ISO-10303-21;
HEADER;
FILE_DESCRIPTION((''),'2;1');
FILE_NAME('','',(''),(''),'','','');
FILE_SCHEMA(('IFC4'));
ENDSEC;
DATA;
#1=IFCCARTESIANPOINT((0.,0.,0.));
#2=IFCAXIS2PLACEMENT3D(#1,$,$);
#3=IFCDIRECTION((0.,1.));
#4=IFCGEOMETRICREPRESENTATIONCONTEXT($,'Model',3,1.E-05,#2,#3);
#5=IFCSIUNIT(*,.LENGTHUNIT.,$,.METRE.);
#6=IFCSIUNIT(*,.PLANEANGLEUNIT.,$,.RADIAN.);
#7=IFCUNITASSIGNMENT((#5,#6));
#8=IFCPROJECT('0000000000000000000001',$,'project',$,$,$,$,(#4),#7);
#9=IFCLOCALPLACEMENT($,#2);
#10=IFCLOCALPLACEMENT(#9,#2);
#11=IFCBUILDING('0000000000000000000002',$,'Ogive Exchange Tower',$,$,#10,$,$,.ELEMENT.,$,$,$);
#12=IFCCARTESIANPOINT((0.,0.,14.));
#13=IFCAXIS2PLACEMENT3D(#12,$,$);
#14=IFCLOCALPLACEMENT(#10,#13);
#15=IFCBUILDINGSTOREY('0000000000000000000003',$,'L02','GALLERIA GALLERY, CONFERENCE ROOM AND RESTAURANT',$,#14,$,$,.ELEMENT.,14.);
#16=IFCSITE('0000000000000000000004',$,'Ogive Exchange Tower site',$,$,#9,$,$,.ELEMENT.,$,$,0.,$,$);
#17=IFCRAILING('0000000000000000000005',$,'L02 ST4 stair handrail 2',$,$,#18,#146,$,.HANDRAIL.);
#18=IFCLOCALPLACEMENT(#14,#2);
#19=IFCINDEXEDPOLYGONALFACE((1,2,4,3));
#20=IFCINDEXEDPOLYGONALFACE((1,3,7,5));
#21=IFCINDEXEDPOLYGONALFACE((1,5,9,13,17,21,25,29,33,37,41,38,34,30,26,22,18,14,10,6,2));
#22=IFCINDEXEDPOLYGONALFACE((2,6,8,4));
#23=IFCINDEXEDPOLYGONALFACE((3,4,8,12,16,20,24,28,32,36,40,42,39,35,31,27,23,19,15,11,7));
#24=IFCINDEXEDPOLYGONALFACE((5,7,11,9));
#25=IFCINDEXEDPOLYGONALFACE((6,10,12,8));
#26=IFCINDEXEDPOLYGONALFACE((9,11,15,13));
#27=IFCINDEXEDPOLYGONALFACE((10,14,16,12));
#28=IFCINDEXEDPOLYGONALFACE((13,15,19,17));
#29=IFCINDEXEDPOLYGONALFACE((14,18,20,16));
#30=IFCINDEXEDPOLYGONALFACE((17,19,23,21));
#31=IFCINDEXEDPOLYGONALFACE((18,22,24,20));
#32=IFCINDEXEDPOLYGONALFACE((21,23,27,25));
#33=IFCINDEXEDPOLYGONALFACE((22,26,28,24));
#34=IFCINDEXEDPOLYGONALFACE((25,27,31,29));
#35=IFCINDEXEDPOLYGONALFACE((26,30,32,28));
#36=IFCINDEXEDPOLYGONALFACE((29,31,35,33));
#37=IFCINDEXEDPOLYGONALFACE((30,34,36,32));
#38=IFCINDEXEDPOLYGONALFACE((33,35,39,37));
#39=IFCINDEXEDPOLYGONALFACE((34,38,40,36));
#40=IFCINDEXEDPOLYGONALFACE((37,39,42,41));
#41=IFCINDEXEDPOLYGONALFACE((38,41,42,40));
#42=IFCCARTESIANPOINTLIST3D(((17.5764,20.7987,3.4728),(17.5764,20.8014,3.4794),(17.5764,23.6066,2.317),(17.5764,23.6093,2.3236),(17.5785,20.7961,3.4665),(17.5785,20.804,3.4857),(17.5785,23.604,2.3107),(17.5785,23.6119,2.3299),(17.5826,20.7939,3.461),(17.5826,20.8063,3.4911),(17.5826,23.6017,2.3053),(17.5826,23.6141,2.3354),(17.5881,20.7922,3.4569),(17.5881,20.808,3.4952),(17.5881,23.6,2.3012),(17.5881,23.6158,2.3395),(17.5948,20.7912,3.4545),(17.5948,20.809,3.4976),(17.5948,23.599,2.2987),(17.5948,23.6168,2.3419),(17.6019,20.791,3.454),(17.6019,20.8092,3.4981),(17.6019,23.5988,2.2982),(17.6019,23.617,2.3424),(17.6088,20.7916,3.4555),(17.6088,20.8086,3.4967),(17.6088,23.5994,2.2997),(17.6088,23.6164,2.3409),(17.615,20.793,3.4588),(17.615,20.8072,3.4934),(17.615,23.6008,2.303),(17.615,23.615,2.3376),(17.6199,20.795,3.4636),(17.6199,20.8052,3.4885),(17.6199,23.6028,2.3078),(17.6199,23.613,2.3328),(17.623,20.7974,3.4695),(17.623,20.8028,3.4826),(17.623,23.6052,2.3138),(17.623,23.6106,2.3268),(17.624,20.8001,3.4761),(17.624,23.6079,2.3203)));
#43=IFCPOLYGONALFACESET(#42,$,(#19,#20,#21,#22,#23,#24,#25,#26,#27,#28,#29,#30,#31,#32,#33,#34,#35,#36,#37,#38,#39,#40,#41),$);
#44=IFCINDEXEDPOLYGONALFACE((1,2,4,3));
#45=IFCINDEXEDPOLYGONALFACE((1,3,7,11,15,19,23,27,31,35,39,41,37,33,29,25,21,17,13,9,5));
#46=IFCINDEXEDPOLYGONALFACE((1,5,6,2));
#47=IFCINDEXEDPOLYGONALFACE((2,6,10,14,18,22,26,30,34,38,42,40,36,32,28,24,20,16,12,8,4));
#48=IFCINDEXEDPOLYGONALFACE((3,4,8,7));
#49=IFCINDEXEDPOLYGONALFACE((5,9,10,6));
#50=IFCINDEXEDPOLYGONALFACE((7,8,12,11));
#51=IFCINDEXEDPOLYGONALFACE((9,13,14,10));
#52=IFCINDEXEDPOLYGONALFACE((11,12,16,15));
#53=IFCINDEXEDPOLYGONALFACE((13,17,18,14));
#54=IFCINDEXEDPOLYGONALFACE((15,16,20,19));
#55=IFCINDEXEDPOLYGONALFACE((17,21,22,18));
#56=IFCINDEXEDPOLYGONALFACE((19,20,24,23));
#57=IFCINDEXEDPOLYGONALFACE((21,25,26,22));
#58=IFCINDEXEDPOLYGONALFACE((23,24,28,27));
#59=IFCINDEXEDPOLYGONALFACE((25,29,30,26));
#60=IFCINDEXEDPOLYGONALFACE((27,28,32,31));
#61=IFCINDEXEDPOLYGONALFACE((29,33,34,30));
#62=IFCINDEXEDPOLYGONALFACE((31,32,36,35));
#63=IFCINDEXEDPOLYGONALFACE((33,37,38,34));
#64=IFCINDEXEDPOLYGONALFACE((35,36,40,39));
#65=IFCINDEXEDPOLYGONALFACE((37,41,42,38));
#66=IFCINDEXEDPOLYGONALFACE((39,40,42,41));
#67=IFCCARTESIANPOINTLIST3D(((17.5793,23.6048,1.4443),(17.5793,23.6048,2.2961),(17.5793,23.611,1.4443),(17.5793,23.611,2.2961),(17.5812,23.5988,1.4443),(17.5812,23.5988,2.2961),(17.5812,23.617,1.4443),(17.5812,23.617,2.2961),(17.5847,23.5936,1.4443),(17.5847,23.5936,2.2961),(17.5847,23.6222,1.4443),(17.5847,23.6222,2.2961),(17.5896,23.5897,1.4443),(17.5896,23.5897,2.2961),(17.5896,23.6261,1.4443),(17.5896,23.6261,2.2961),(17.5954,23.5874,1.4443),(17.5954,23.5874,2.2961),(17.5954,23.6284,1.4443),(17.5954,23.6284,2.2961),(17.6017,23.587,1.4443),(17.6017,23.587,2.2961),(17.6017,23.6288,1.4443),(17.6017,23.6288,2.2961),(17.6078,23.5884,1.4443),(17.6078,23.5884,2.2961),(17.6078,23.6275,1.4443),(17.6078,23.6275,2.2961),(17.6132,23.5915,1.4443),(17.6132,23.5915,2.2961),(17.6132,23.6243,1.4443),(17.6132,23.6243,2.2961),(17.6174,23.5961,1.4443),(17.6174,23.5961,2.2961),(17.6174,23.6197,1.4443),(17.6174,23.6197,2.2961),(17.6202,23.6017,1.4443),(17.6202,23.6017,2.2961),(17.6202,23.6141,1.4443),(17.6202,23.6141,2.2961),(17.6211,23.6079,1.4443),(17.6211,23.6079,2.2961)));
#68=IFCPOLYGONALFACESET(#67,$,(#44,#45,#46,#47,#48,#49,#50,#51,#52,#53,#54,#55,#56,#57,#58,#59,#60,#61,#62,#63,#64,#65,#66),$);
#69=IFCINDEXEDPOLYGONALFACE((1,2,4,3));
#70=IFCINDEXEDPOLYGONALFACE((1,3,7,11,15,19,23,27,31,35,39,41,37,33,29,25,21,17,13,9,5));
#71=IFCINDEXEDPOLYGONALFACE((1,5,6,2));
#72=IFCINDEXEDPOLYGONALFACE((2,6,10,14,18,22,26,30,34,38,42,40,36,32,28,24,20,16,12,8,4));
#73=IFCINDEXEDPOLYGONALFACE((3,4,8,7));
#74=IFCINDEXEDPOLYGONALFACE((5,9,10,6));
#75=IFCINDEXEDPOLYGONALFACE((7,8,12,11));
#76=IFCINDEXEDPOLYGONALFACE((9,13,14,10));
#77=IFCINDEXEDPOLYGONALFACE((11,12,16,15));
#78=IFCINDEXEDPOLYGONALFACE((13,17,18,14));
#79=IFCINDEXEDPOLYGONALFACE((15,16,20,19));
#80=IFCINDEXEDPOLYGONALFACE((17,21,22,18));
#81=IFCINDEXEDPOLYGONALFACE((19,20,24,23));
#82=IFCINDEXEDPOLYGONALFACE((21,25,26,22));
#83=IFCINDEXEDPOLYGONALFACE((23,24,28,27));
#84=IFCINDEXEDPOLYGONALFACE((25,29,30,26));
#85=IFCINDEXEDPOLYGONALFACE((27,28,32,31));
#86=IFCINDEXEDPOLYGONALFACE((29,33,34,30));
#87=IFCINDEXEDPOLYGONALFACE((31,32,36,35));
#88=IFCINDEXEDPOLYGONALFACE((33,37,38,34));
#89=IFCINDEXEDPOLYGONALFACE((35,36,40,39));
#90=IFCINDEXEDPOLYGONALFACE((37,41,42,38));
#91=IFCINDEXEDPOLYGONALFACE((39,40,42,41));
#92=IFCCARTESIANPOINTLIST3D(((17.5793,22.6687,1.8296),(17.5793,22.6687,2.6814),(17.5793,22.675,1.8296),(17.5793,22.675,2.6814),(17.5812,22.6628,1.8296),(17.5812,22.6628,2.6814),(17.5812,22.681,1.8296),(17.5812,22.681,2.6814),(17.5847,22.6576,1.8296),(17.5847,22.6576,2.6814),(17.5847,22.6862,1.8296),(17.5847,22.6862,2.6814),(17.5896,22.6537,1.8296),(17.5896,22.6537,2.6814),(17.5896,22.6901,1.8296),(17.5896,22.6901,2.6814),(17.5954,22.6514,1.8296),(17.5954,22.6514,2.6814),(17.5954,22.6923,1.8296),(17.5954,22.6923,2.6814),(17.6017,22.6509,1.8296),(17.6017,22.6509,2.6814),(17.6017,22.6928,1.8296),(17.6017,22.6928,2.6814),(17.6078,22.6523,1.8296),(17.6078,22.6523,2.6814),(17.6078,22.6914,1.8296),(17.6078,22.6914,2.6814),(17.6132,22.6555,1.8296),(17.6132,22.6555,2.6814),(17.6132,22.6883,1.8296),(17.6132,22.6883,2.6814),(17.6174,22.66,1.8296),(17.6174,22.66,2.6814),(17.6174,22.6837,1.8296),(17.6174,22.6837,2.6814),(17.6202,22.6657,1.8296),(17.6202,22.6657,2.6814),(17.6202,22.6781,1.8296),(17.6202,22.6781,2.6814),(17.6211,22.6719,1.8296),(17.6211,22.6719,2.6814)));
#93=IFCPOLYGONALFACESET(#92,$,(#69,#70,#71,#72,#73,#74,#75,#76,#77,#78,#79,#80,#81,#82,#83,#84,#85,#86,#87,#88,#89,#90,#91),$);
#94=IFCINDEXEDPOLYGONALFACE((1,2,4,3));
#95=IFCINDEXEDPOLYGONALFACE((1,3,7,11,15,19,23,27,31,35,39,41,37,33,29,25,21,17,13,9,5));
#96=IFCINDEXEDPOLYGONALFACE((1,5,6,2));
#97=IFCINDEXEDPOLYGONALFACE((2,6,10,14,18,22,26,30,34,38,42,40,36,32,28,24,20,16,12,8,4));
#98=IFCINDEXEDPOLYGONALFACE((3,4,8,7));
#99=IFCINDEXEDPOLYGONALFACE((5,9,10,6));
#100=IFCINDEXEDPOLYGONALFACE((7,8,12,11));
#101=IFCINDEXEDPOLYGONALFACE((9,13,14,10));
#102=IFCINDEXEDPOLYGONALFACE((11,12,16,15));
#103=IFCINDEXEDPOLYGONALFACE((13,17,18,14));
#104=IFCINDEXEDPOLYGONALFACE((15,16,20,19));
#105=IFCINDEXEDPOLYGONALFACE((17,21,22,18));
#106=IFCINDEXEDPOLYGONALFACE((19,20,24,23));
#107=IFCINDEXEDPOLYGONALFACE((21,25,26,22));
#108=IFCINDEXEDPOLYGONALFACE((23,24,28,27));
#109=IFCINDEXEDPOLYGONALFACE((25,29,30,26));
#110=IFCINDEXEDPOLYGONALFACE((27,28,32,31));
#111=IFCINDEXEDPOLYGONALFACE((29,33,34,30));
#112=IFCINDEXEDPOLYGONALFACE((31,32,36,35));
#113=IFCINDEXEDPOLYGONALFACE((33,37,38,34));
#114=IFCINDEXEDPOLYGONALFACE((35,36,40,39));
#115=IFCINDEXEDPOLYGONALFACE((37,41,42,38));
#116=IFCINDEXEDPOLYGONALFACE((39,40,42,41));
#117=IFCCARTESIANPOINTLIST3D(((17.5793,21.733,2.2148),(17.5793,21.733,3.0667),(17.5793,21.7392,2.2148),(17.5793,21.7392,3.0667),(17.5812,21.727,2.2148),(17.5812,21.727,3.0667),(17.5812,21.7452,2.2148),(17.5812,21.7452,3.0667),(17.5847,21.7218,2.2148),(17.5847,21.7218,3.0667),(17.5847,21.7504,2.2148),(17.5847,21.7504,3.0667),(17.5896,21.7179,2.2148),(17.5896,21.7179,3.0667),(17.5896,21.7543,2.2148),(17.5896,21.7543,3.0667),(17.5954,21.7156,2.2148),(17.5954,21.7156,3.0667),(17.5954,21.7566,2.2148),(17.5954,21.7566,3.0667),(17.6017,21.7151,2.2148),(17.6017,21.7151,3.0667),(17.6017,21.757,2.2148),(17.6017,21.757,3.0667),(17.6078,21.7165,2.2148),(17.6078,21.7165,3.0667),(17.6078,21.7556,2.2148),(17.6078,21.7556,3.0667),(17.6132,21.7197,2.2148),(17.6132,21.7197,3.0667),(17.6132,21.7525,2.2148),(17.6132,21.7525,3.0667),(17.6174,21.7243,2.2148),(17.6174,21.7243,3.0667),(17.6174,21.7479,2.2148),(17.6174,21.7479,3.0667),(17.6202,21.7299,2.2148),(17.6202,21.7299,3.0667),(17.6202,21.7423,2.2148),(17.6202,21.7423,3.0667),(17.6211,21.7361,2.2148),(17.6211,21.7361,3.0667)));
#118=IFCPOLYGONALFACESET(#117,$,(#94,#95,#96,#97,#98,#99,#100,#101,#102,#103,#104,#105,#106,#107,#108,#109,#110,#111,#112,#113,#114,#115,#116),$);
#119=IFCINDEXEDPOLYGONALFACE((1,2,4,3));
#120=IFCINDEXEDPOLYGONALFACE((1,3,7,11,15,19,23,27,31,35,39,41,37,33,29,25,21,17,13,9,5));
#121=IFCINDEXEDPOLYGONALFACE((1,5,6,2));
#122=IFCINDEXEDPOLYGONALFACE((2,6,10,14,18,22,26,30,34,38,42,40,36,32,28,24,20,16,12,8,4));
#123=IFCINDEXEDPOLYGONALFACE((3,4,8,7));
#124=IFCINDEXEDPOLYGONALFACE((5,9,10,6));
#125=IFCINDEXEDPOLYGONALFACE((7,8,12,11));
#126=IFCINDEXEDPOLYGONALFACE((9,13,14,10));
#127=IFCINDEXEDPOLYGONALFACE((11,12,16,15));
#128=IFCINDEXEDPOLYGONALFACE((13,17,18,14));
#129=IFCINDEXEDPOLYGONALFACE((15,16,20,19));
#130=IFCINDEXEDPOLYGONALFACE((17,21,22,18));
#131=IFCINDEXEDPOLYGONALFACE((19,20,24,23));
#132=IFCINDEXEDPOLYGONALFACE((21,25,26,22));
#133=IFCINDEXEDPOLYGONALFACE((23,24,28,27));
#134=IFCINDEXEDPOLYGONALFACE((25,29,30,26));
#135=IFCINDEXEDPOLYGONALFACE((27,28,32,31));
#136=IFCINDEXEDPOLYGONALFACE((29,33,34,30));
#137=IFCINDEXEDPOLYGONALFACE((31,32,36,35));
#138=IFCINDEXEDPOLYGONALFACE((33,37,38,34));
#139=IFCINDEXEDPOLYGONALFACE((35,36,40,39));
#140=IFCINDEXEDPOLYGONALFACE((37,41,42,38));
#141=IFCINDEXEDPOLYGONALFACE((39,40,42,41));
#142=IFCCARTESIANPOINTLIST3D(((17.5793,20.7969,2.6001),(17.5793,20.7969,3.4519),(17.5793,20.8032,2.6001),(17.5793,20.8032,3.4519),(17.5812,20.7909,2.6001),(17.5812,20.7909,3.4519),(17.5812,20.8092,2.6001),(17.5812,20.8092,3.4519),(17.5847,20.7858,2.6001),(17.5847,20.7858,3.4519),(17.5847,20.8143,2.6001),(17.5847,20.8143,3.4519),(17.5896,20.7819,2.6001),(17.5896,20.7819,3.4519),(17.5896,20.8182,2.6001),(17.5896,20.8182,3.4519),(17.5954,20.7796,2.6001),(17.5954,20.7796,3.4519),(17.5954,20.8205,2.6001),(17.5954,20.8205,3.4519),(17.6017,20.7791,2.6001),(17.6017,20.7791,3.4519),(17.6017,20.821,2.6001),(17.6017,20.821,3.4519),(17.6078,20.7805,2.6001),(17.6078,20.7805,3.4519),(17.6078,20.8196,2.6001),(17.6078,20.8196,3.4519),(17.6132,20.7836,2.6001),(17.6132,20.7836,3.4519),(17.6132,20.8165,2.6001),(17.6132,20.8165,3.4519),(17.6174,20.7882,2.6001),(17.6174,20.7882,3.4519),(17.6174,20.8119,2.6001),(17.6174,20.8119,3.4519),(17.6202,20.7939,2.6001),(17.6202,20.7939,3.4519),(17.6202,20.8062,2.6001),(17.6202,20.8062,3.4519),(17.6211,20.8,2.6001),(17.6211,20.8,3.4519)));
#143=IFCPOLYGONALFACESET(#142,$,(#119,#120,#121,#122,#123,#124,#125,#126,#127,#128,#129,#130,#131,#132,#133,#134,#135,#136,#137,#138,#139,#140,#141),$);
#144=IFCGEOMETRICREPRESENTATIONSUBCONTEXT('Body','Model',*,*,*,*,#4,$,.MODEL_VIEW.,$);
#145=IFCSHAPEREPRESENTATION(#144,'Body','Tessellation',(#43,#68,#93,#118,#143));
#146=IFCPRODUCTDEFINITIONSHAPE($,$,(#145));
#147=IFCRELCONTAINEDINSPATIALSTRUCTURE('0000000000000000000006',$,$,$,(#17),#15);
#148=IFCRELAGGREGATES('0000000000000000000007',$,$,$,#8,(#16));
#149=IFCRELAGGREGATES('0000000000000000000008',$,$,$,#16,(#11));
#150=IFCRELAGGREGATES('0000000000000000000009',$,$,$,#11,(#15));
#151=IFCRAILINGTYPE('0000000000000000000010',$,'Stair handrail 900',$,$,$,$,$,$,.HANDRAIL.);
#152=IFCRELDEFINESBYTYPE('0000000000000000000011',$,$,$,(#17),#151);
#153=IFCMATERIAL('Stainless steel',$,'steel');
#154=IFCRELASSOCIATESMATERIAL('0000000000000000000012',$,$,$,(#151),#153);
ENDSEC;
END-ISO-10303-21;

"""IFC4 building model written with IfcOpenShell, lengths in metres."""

from ifc_helpers import new_model, si_unit, direction, frame, origin, origin_2d, place, context, subcontext, project, spatial, circle, extrude, material, type_object, element, save


model = new_model("IFC4")

# Units and contexts
model_context = context("Model", 3, precision=1e-05, world=origin(), true_north=direction((0.0, 1.0)))
body_context = subcontext(model_context, "Body", "Model", "MODEL_VIEW")
ifc_project = project(units=[si_unit("LENGTHUNIT", "METRE"), si_unit("PLANEANGLEUNIT", "RADIAN")], contexts=[model_context])

# Site, building, storey
site_placement = place(None, origin())
site = spatial("IfcSite", under=ifc_project, at=site_placement, Name="Ogive Exchange Tower site", CompositionType="ELEMENT", RefElevation=0.0)
building_placement = place(site_placement, origin())
building = spatial("IfcBuilding", under=site, at=building_placement, Name="Ogive Exchange Tower", CompositionType="ELEMENT")
storey_placement = place(building_placement, frame((0.0, 0.0, 14.0)))
storey = spatial("IfcBuildingStorey", under=building, at=storey_placement, Name="L02", Description="GALLERIA GALLERY, CONFERENCE ROOM AND RESTAURANT", CompositionType="ELEMENT", Elevation=14.0)

# Shared definitions
ifc_material_1 = material(Name="Stainless steel", Category="steel")

# Railing
railing_type = type_object("IfcRailingType", Name="Stair handrail 900", PredefinedType="HANDRAIL", material=ifc_material_1)
railing_1_placement = place(storey_placement, frame((17.6001, 23.6079, 1.4443)))
element("IfcRailing", 1, at=railing_1_placement, inside=storey, type_object=railing_type, Name="L02 ST4 stair handrail 2", PredefinedType="HANDRAIL", context=body_context, shape_type="SweptSolid", body=[
    extrude(circle(Radius=0.0239, at=origin_2d()), frame((0.0, 0.0, 0.876), z_axis=(0.0, -0.924726, 0.380633), x_axis=(1.0, 0.0, 0.0)), (0.0, 0.0, 1.0), 3.0364),
    extrude(circle(Radius=0.021, at=origin_2d()), origin(), (0.0, 0.0, 1.0), 0.8518),
    extrude(circle(Radius=0.021, at=origin_2d()), frame((0.0, -0.936, 0.3853)), (0.0, 0.0, 1.0), 0.8518),
    extrude(circle(Radius=0.021, at=origin_2d()), frame((0.0, -1.8718, 0.7705)), (0.0, 0.0, 1.0), 0.8518),
    extrude(circle(Radius=0.021, at=origin_2d()), frame((0.0, -2.8079, 1.1558)), (0.0, 0.0, 1.0), 0.8518),
])

save(model, "model.ifc")
